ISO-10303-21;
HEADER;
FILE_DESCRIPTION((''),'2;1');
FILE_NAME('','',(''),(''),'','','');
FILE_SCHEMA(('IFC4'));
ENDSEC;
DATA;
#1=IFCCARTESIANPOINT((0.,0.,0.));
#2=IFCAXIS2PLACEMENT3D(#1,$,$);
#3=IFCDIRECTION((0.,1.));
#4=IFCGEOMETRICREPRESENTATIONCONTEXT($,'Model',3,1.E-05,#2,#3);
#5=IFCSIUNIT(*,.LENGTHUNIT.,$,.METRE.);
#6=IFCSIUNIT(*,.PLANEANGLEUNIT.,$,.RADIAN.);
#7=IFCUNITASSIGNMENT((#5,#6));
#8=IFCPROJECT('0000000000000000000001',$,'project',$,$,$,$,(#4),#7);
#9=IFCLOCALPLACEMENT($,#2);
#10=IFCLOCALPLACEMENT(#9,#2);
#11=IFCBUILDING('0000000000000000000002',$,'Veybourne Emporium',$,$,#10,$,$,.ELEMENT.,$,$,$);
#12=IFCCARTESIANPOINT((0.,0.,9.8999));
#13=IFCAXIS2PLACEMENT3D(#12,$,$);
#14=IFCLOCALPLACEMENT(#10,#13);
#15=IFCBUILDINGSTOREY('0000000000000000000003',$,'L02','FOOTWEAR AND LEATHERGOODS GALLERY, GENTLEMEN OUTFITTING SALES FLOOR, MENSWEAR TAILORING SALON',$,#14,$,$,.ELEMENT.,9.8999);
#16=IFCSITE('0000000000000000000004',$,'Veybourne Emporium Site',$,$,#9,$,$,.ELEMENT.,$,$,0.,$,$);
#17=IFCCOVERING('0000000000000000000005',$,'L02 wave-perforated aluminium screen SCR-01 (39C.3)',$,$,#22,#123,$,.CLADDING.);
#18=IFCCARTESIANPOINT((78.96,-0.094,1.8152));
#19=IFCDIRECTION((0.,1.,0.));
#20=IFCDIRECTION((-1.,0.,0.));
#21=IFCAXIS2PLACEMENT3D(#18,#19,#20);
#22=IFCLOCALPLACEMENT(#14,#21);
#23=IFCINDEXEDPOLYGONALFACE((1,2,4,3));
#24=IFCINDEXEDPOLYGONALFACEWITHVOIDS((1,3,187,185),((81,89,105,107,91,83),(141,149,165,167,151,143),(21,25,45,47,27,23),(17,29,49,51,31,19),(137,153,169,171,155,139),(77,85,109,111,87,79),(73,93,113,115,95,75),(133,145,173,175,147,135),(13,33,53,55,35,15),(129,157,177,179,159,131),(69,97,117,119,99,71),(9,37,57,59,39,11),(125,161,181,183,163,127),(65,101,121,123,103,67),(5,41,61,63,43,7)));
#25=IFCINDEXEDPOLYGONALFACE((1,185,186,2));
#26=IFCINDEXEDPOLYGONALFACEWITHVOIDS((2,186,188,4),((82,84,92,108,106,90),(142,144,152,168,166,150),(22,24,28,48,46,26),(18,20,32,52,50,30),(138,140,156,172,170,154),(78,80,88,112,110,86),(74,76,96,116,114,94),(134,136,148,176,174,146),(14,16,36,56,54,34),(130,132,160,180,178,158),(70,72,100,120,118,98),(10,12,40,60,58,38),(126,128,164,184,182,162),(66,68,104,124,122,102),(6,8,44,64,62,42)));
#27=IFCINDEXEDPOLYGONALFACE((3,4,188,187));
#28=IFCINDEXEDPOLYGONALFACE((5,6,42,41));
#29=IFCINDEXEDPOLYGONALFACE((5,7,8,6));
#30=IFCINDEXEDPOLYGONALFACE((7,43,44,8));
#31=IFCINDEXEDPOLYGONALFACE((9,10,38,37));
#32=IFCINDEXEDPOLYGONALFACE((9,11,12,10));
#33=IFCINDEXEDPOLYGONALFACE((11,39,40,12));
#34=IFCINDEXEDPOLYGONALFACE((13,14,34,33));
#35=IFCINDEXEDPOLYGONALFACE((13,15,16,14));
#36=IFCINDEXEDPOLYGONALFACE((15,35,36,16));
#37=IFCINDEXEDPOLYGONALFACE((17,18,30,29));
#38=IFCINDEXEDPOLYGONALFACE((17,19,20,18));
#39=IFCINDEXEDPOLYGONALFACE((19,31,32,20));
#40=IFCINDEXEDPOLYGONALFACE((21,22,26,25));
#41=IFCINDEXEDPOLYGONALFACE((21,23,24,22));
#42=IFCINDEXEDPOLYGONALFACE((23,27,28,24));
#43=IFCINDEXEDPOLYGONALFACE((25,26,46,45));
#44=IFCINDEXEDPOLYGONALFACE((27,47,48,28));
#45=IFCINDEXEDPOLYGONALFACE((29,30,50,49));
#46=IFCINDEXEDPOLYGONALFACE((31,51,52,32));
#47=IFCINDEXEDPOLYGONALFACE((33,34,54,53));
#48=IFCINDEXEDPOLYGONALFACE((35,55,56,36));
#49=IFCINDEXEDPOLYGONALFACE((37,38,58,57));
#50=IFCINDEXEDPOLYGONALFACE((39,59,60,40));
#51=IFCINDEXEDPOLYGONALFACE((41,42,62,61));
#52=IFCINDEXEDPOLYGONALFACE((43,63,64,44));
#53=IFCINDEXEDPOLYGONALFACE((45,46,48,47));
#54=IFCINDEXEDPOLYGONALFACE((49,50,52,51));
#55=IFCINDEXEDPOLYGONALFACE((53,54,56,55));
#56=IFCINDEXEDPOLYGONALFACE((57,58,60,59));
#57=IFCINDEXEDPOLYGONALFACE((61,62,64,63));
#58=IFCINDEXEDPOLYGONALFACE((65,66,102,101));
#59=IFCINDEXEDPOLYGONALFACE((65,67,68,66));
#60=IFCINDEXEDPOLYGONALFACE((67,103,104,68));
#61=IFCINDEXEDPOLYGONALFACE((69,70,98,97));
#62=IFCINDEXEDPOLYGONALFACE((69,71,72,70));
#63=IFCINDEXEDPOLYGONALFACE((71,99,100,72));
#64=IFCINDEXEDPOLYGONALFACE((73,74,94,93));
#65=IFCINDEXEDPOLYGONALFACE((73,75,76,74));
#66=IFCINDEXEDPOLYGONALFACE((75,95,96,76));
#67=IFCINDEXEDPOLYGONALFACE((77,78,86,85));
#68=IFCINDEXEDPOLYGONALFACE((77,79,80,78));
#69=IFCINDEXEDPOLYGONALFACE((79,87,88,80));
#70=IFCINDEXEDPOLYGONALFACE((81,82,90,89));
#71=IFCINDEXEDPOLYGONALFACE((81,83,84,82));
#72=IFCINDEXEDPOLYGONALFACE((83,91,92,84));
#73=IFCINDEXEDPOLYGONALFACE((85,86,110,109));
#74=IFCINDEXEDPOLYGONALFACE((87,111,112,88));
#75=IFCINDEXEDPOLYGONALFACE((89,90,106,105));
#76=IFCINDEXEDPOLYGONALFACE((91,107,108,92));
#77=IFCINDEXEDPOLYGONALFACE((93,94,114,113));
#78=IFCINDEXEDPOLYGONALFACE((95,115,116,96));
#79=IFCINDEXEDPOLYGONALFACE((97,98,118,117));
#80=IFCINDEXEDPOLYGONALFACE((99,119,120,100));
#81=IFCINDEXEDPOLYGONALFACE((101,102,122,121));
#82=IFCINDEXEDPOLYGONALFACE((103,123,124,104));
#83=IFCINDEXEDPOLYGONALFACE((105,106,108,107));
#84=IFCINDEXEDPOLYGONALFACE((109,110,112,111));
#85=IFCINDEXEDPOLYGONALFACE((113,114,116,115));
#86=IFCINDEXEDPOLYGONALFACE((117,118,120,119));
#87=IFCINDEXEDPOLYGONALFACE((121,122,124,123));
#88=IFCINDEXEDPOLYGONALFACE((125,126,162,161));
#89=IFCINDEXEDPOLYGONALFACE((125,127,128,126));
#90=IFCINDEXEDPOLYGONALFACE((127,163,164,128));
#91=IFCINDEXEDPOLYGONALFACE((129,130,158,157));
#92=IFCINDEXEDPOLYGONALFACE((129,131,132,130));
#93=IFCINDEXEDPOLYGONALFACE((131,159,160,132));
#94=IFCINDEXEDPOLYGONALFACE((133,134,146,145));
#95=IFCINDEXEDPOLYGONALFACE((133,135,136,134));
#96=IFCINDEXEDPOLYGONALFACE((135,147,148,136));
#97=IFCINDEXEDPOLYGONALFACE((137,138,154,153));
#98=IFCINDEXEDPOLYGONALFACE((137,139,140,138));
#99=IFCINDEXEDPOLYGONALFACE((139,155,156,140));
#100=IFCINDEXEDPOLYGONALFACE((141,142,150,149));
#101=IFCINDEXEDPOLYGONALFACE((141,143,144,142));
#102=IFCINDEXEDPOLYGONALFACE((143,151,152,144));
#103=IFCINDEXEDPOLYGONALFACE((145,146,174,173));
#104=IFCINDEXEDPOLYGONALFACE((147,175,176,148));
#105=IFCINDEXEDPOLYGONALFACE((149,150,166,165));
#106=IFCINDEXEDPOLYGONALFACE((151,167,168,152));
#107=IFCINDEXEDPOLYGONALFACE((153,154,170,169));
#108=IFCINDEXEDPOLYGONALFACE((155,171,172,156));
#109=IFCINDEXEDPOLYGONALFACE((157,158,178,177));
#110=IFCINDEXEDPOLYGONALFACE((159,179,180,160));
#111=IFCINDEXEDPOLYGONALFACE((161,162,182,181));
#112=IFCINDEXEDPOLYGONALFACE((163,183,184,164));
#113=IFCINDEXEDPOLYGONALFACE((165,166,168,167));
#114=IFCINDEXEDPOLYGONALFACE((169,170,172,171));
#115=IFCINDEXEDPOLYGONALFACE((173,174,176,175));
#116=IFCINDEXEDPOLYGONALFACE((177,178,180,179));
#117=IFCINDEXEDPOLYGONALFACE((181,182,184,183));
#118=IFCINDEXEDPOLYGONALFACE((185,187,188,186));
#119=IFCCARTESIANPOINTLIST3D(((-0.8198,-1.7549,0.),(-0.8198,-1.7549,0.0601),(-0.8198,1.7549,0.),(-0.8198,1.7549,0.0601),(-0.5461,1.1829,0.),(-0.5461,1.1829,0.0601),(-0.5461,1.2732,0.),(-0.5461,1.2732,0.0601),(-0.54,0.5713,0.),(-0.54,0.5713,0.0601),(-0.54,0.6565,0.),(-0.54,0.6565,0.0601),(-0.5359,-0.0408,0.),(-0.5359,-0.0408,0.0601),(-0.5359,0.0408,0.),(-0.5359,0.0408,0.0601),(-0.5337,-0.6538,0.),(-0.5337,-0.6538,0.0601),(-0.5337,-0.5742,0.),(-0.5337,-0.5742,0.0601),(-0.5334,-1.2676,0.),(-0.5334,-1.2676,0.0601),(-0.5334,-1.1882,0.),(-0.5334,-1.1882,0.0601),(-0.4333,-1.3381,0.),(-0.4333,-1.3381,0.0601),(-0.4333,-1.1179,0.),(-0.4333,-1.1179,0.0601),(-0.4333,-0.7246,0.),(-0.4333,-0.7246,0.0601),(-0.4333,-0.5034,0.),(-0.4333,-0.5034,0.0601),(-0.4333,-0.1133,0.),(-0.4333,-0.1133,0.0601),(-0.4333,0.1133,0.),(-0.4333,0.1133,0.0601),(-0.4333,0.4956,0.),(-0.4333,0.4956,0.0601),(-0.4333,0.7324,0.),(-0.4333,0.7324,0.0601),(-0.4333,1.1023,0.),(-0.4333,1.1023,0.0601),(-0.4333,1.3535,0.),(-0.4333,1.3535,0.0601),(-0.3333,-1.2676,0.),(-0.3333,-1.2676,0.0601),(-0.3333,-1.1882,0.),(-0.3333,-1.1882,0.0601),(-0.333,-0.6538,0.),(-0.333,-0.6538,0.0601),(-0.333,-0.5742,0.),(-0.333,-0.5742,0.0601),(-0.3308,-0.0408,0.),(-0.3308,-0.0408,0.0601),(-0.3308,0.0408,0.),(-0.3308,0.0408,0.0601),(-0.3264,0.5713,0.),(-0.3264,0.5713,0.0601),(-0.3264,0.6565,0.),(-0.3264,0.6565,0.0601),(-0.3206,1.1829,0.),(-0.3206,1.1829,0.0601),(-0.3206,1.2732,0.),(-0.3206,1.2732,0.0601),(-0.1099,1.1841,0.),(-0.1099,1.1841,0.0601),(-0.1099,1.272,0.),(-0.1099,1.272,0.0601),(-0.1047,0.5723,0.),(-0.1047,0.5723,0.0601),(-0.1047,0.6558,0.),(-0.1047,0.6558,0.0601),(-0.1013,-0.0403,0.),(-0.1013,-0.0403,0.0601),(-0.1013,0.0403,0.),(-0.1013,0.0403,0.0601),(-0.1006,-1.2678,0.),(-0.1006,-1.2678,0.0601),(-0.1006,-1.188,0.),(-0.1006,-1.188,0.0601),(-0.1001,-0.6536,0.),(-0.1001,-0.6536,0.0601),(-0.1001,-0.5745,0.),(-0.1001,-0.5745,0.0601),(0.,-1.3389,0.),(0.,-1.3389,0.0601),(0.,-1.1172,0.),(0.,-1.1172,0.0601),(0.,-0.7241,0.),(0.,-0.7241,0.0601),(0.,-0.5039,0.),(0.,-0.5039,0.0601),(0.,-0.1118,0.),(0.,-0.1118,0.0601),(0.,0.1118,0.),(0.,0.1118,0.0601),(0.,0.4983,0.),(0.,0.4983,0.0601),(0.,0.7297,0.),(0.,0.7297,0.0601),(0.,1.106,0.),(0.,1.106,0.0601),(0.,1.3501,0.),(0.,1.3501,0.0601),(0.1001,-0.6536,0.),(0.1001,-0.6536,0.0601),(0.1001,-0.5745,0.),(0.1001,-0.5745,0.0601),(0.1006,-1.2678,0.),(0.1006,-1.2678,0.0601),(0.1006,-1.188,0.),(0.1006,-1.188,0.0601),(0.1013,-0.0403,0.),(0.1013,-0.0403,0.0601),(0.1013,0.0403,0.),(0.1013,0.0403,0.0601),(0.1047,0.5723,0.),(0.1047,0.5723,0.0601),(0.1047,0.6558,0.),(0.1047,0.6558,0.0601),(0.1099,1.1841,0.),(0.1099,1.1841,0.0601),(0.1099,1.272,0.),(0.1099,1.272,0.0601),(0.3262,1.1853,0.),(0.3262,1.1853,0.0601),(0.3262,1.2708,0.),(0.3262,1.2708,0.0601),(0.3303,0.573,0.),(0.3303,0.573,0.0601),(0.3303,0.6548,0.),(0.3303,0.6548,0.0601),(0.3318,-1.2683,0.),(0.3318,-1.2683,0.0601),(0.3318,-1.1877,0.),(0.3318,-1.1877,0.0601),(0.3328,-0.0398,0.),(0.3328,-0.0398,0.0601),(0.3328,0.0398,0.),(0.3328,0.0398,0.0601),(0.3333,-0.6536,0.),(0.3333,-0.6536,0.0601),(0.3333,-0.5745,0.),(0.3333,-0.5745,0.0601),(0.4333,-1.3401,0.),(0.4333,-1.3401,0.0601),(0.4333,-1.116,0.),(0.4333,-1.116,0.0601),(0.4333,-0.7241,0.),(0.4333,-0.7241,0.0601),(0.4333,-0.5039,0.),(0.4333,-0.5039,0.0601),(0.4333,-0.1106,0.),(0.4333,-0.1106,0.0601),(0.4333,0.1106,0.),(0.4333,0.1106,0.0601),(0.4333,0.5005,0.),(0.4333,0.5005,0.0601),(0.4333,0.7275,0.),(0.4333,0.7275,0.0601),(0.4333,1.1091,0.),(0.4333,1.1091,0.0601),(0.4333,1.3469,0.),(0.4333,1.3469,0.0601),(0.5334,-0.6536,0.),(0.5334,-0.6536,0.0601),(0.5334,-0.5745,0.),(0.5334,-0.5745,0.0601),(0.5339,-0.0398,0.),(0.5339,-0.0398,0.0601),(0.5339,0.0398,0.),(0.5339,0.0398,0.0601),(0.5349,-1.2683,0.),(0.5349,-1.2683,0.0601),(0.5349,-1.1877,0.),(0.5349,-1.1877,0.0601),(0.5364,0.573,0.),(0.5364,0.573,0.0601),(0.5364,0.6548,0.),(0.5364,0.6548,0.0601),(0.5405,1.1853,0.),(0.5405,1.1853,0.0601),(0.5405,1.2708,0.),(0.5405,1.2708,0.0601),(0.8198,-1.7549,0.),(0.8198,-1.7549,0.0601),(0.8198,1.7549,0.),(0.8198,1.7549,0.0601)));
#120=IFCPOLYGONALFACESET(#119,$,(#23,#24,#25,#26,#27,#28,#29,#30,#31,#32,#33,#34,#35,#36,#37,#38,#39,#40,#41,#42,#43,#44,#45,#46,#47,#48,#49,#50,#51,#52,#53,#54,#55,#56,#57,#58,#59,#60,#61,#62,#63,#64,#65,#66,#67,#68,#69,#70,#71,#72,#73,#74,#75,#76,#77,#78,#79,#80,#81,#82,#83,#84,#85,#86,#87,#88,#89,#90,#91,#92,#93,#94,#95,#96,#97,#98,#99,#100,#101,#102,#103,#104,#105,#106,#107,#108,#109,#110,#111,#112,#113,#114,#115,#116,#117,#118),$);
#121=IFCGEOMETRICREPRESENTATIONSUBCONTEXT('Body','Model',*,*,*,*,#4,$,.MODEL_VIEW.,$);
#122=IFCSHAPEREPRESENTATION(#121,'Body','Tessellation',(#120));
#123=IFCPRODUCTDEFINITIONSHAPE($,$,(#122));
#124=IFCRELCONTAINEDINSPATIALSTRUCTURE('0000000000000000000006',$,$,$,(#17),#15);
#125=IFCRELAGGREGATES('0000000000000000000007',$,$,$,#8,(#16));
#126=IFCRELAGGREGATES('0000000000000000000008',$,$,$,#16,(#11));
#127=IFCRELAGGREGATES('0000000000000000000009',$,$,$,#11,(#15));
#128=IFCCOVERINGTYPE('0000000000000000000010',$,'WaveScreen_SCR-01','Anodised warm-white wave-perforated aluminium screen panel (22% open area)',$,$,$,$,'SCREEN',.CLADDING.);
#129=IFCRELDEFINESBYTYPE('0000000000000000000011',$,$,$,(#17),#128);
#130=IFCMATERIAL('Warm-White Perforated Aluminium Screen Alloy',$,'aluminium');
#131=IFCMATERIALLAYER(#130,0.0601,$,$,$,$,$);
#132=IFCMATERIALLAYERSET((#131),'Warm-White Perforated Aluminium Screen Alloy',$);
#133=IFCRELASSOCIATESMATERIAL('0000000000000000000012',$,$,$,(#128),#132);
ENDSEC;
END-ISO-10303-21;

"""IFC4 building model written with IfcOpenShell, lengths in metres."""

from ifc_helpers import new_model, si_unit, direction, frame, origin, place, context, subcontext, project, spatial, polyline, outline, extrude, material, layer, layer_set, type_object, element, save


model = new_model("IFC4")

# Units and contexts
model_context = context("Model", 3, precision=1e-05, world=origin(), true_north=direction((0.0, 1.0)))
body_context = subcontext(model_context, "Body", "Model", "MODEL_VIEW")
ifc_project = project(units=[si_unit("LENGTHUNIT", "METRE"), si_unit("PLANEANGLEUNIT", "RADIAN")], contexts=[model_context])

# Site, building, storey
site_placement = place(None, origin())
site = spatial("IfcSite", under=ifc_project, at=site_placement, Name="Veybourne Emporium Site", CompositionType="ELEMENT", RefElevation=0.0)
building_placement = place(site_placement, origin())
building = spatial("IfcBuilding", under=site, at=building_placement, Name="Veybourne Emporium", CompositionType="ELEMENT")
storey_placement = place(building_placement, frame((0.0, 0.0, 9.8999)))
storey = spatial("IfcBuildingStorey", under=building, at=storey_placement, Name="L02", Description="FOOTWEAR AND LEATHERGOODS GALLERY, GENTLEMEN OUTFITTING SALES FLOOR, MENSWEAR TAILORING SALON", CompositionType="ELEMENT", Elevation=9.8999)

# Covering
ifc_material_1 = material(Name="Warm-White Perforated Aluminium Screen Alloy", Category="aluminium")
ifc_layer_1 = layer(ifc_material_1, 0.0601)
ifc_layer_set_1 = layer_set([ifc_layer_1], Name="Warm-White Perforated Aluminium Screen Alloy")
covering_type_1 = type_object("IfcCoveringType", Name="WaveScreen_SCR-01", Description="Anodised warm-white wave-perforated aluminium screen panel (22% open area)", ElementType="SCREEN", PredefinedType="CLADDING", material=ifc_layer_set_1)
covering_1_placement = place(storey_placement, frame((78.96, -0.094, 1.8152), z_axis=(0.0, 1.0, 0.0), x_axis=(-1.0, 0.0, 0.0)))
element("IfcCovering", 1, at=covering_1_placement, inside=storey, type_object=covering_type_1, Name="L02 wave-perforated aluminium screen SCR-01 (39C.3)", PredefinedType="CLADDING", context=body_context, shape_type="SweptSolid", body=[
    extrude(outline(polyline([(-0.8198, -1.7549), (0.8198, -1.7549), (0.8198, 1.7549), (-0.8198, 1.7549), (-0.8198, -1.7549)]), holes=[polyline([(-0.4333, -1.1179), (-0.3333, -1.1882), (-0.3333, -1.2676), (-0.4333, -1.3381), (-0.5334, -1.2676), (-0.5334, -1.1882), (-0.4333, -1.1179)]), polyline([(-0.4333, -0.5034), (-0.333, -0.5742), (-0.333, -0.6538), (-0.4333, -0.7246), (-0.5337, -0.6538), (-0.5337, -0.5742), (-0.4333, -0.5034)]), polyline([(-0.4333, 0.1133), (-0.3308, 0.0408), (-0.3308, -0.0408), (-0.4333, -0.1133), (-0.5359, -0.0408), (-0.5359, 0.0408), (-0.4333, 0.1133)]), polyline([(-0.4333, 0.7324), (-0.3264, 0.6565), (-0.3264, 0.5713), (-0.4333, 0.4956), (-0.54, 0.5713), (-0.54, 0.6565), (-0.4333, 0.7324)]), polyline([(-0.4333, 1.3535), (-0.3206, 1.2732), (-0.3206, 1.1829), (-0.4333, 1.1023), (-0.5461, 1.1829), (-0.5461, 1.2732), (-0.4333, 1.3535)]), polyline([(0.0, -1.1172), (0.1006, -1.188), (0.1006, -1.2678), (0.0, -1.3389), (-0.1006, -1.2678), (-0.1006, -1.188), (0.0, -1.1172)]), polyline([(0.0, -0.5039), (0.1001, -0.5745), (0.1001, -0.6536), (0.0, -0.7241), (-0.1001, -0.6536), (-0.1001, -0.5745), (0.0, -0.5039)]), polyline([(0.0, 0.1118), (0.1013, 0.0403), (0.1013, -0.0403), (0.0, -0.1118), (-0.1013, -0.0403), (-0.1013, 0.0403), (0.0, 0.1118)]), polyline([(0.0, 0.7297), (0.1047, 0.6558), (0.1047, 0.5723), (0.0, 0.4983), (-0.1047, 0.5723), (-0.1047, 0.6558), (0.0, 0.7297)]), polyline([(0.0, 1.3501), (0.1099, 1.272), (0.1099, 1.1841), (0.0, 1.106), (-0.1099, 1.1841), (-0.1099, 1.272), (0.0, 1.3501)]), polyline([(0.4333, -1.116), (0.5349, -1.1877), (0.5349, -1.2683), (0.4333, -1.3401), (0.3318, -1.2683), (0.3318, -1.1877), (0.4333, -1.116)]), polyline([(0.4333, -0.5039), (0.5334, -0.5745), (0.5334, -0.6536), (0.4333, -0.7241), (0.3333, -0.6536), (0.3333, -0.5745), (0.4333, -0.5039)]), polyline([(0.4333, 0.1106), (0.5339, 0.0398), (0.5339, -0.0398), (0.4333, -0.1106), (0.3328, -0.0398), (0.3328, 0.0398), (0.4333, 0.1106)]), polyline([(0.4333, 0.7275), (0.5364, 0.6548), (0.5364, 0.573), (0.4333, 0.5005), (0.3303, 0.573), (0.3303, 0.6548), (0.4333, 0.7275)]), polyline([(0.4333, 1.3469), (0.5405, 1.2708), (0.5405, 1.1853), (0.4333, 1.1091), (0.3262, 1.1853), (0.3262, 1.2708), (0.4333, 1.3469)])]), origin(), (0.0, 0.0, 1.0), 0.0601),
])

save(model, "model.ifc")
